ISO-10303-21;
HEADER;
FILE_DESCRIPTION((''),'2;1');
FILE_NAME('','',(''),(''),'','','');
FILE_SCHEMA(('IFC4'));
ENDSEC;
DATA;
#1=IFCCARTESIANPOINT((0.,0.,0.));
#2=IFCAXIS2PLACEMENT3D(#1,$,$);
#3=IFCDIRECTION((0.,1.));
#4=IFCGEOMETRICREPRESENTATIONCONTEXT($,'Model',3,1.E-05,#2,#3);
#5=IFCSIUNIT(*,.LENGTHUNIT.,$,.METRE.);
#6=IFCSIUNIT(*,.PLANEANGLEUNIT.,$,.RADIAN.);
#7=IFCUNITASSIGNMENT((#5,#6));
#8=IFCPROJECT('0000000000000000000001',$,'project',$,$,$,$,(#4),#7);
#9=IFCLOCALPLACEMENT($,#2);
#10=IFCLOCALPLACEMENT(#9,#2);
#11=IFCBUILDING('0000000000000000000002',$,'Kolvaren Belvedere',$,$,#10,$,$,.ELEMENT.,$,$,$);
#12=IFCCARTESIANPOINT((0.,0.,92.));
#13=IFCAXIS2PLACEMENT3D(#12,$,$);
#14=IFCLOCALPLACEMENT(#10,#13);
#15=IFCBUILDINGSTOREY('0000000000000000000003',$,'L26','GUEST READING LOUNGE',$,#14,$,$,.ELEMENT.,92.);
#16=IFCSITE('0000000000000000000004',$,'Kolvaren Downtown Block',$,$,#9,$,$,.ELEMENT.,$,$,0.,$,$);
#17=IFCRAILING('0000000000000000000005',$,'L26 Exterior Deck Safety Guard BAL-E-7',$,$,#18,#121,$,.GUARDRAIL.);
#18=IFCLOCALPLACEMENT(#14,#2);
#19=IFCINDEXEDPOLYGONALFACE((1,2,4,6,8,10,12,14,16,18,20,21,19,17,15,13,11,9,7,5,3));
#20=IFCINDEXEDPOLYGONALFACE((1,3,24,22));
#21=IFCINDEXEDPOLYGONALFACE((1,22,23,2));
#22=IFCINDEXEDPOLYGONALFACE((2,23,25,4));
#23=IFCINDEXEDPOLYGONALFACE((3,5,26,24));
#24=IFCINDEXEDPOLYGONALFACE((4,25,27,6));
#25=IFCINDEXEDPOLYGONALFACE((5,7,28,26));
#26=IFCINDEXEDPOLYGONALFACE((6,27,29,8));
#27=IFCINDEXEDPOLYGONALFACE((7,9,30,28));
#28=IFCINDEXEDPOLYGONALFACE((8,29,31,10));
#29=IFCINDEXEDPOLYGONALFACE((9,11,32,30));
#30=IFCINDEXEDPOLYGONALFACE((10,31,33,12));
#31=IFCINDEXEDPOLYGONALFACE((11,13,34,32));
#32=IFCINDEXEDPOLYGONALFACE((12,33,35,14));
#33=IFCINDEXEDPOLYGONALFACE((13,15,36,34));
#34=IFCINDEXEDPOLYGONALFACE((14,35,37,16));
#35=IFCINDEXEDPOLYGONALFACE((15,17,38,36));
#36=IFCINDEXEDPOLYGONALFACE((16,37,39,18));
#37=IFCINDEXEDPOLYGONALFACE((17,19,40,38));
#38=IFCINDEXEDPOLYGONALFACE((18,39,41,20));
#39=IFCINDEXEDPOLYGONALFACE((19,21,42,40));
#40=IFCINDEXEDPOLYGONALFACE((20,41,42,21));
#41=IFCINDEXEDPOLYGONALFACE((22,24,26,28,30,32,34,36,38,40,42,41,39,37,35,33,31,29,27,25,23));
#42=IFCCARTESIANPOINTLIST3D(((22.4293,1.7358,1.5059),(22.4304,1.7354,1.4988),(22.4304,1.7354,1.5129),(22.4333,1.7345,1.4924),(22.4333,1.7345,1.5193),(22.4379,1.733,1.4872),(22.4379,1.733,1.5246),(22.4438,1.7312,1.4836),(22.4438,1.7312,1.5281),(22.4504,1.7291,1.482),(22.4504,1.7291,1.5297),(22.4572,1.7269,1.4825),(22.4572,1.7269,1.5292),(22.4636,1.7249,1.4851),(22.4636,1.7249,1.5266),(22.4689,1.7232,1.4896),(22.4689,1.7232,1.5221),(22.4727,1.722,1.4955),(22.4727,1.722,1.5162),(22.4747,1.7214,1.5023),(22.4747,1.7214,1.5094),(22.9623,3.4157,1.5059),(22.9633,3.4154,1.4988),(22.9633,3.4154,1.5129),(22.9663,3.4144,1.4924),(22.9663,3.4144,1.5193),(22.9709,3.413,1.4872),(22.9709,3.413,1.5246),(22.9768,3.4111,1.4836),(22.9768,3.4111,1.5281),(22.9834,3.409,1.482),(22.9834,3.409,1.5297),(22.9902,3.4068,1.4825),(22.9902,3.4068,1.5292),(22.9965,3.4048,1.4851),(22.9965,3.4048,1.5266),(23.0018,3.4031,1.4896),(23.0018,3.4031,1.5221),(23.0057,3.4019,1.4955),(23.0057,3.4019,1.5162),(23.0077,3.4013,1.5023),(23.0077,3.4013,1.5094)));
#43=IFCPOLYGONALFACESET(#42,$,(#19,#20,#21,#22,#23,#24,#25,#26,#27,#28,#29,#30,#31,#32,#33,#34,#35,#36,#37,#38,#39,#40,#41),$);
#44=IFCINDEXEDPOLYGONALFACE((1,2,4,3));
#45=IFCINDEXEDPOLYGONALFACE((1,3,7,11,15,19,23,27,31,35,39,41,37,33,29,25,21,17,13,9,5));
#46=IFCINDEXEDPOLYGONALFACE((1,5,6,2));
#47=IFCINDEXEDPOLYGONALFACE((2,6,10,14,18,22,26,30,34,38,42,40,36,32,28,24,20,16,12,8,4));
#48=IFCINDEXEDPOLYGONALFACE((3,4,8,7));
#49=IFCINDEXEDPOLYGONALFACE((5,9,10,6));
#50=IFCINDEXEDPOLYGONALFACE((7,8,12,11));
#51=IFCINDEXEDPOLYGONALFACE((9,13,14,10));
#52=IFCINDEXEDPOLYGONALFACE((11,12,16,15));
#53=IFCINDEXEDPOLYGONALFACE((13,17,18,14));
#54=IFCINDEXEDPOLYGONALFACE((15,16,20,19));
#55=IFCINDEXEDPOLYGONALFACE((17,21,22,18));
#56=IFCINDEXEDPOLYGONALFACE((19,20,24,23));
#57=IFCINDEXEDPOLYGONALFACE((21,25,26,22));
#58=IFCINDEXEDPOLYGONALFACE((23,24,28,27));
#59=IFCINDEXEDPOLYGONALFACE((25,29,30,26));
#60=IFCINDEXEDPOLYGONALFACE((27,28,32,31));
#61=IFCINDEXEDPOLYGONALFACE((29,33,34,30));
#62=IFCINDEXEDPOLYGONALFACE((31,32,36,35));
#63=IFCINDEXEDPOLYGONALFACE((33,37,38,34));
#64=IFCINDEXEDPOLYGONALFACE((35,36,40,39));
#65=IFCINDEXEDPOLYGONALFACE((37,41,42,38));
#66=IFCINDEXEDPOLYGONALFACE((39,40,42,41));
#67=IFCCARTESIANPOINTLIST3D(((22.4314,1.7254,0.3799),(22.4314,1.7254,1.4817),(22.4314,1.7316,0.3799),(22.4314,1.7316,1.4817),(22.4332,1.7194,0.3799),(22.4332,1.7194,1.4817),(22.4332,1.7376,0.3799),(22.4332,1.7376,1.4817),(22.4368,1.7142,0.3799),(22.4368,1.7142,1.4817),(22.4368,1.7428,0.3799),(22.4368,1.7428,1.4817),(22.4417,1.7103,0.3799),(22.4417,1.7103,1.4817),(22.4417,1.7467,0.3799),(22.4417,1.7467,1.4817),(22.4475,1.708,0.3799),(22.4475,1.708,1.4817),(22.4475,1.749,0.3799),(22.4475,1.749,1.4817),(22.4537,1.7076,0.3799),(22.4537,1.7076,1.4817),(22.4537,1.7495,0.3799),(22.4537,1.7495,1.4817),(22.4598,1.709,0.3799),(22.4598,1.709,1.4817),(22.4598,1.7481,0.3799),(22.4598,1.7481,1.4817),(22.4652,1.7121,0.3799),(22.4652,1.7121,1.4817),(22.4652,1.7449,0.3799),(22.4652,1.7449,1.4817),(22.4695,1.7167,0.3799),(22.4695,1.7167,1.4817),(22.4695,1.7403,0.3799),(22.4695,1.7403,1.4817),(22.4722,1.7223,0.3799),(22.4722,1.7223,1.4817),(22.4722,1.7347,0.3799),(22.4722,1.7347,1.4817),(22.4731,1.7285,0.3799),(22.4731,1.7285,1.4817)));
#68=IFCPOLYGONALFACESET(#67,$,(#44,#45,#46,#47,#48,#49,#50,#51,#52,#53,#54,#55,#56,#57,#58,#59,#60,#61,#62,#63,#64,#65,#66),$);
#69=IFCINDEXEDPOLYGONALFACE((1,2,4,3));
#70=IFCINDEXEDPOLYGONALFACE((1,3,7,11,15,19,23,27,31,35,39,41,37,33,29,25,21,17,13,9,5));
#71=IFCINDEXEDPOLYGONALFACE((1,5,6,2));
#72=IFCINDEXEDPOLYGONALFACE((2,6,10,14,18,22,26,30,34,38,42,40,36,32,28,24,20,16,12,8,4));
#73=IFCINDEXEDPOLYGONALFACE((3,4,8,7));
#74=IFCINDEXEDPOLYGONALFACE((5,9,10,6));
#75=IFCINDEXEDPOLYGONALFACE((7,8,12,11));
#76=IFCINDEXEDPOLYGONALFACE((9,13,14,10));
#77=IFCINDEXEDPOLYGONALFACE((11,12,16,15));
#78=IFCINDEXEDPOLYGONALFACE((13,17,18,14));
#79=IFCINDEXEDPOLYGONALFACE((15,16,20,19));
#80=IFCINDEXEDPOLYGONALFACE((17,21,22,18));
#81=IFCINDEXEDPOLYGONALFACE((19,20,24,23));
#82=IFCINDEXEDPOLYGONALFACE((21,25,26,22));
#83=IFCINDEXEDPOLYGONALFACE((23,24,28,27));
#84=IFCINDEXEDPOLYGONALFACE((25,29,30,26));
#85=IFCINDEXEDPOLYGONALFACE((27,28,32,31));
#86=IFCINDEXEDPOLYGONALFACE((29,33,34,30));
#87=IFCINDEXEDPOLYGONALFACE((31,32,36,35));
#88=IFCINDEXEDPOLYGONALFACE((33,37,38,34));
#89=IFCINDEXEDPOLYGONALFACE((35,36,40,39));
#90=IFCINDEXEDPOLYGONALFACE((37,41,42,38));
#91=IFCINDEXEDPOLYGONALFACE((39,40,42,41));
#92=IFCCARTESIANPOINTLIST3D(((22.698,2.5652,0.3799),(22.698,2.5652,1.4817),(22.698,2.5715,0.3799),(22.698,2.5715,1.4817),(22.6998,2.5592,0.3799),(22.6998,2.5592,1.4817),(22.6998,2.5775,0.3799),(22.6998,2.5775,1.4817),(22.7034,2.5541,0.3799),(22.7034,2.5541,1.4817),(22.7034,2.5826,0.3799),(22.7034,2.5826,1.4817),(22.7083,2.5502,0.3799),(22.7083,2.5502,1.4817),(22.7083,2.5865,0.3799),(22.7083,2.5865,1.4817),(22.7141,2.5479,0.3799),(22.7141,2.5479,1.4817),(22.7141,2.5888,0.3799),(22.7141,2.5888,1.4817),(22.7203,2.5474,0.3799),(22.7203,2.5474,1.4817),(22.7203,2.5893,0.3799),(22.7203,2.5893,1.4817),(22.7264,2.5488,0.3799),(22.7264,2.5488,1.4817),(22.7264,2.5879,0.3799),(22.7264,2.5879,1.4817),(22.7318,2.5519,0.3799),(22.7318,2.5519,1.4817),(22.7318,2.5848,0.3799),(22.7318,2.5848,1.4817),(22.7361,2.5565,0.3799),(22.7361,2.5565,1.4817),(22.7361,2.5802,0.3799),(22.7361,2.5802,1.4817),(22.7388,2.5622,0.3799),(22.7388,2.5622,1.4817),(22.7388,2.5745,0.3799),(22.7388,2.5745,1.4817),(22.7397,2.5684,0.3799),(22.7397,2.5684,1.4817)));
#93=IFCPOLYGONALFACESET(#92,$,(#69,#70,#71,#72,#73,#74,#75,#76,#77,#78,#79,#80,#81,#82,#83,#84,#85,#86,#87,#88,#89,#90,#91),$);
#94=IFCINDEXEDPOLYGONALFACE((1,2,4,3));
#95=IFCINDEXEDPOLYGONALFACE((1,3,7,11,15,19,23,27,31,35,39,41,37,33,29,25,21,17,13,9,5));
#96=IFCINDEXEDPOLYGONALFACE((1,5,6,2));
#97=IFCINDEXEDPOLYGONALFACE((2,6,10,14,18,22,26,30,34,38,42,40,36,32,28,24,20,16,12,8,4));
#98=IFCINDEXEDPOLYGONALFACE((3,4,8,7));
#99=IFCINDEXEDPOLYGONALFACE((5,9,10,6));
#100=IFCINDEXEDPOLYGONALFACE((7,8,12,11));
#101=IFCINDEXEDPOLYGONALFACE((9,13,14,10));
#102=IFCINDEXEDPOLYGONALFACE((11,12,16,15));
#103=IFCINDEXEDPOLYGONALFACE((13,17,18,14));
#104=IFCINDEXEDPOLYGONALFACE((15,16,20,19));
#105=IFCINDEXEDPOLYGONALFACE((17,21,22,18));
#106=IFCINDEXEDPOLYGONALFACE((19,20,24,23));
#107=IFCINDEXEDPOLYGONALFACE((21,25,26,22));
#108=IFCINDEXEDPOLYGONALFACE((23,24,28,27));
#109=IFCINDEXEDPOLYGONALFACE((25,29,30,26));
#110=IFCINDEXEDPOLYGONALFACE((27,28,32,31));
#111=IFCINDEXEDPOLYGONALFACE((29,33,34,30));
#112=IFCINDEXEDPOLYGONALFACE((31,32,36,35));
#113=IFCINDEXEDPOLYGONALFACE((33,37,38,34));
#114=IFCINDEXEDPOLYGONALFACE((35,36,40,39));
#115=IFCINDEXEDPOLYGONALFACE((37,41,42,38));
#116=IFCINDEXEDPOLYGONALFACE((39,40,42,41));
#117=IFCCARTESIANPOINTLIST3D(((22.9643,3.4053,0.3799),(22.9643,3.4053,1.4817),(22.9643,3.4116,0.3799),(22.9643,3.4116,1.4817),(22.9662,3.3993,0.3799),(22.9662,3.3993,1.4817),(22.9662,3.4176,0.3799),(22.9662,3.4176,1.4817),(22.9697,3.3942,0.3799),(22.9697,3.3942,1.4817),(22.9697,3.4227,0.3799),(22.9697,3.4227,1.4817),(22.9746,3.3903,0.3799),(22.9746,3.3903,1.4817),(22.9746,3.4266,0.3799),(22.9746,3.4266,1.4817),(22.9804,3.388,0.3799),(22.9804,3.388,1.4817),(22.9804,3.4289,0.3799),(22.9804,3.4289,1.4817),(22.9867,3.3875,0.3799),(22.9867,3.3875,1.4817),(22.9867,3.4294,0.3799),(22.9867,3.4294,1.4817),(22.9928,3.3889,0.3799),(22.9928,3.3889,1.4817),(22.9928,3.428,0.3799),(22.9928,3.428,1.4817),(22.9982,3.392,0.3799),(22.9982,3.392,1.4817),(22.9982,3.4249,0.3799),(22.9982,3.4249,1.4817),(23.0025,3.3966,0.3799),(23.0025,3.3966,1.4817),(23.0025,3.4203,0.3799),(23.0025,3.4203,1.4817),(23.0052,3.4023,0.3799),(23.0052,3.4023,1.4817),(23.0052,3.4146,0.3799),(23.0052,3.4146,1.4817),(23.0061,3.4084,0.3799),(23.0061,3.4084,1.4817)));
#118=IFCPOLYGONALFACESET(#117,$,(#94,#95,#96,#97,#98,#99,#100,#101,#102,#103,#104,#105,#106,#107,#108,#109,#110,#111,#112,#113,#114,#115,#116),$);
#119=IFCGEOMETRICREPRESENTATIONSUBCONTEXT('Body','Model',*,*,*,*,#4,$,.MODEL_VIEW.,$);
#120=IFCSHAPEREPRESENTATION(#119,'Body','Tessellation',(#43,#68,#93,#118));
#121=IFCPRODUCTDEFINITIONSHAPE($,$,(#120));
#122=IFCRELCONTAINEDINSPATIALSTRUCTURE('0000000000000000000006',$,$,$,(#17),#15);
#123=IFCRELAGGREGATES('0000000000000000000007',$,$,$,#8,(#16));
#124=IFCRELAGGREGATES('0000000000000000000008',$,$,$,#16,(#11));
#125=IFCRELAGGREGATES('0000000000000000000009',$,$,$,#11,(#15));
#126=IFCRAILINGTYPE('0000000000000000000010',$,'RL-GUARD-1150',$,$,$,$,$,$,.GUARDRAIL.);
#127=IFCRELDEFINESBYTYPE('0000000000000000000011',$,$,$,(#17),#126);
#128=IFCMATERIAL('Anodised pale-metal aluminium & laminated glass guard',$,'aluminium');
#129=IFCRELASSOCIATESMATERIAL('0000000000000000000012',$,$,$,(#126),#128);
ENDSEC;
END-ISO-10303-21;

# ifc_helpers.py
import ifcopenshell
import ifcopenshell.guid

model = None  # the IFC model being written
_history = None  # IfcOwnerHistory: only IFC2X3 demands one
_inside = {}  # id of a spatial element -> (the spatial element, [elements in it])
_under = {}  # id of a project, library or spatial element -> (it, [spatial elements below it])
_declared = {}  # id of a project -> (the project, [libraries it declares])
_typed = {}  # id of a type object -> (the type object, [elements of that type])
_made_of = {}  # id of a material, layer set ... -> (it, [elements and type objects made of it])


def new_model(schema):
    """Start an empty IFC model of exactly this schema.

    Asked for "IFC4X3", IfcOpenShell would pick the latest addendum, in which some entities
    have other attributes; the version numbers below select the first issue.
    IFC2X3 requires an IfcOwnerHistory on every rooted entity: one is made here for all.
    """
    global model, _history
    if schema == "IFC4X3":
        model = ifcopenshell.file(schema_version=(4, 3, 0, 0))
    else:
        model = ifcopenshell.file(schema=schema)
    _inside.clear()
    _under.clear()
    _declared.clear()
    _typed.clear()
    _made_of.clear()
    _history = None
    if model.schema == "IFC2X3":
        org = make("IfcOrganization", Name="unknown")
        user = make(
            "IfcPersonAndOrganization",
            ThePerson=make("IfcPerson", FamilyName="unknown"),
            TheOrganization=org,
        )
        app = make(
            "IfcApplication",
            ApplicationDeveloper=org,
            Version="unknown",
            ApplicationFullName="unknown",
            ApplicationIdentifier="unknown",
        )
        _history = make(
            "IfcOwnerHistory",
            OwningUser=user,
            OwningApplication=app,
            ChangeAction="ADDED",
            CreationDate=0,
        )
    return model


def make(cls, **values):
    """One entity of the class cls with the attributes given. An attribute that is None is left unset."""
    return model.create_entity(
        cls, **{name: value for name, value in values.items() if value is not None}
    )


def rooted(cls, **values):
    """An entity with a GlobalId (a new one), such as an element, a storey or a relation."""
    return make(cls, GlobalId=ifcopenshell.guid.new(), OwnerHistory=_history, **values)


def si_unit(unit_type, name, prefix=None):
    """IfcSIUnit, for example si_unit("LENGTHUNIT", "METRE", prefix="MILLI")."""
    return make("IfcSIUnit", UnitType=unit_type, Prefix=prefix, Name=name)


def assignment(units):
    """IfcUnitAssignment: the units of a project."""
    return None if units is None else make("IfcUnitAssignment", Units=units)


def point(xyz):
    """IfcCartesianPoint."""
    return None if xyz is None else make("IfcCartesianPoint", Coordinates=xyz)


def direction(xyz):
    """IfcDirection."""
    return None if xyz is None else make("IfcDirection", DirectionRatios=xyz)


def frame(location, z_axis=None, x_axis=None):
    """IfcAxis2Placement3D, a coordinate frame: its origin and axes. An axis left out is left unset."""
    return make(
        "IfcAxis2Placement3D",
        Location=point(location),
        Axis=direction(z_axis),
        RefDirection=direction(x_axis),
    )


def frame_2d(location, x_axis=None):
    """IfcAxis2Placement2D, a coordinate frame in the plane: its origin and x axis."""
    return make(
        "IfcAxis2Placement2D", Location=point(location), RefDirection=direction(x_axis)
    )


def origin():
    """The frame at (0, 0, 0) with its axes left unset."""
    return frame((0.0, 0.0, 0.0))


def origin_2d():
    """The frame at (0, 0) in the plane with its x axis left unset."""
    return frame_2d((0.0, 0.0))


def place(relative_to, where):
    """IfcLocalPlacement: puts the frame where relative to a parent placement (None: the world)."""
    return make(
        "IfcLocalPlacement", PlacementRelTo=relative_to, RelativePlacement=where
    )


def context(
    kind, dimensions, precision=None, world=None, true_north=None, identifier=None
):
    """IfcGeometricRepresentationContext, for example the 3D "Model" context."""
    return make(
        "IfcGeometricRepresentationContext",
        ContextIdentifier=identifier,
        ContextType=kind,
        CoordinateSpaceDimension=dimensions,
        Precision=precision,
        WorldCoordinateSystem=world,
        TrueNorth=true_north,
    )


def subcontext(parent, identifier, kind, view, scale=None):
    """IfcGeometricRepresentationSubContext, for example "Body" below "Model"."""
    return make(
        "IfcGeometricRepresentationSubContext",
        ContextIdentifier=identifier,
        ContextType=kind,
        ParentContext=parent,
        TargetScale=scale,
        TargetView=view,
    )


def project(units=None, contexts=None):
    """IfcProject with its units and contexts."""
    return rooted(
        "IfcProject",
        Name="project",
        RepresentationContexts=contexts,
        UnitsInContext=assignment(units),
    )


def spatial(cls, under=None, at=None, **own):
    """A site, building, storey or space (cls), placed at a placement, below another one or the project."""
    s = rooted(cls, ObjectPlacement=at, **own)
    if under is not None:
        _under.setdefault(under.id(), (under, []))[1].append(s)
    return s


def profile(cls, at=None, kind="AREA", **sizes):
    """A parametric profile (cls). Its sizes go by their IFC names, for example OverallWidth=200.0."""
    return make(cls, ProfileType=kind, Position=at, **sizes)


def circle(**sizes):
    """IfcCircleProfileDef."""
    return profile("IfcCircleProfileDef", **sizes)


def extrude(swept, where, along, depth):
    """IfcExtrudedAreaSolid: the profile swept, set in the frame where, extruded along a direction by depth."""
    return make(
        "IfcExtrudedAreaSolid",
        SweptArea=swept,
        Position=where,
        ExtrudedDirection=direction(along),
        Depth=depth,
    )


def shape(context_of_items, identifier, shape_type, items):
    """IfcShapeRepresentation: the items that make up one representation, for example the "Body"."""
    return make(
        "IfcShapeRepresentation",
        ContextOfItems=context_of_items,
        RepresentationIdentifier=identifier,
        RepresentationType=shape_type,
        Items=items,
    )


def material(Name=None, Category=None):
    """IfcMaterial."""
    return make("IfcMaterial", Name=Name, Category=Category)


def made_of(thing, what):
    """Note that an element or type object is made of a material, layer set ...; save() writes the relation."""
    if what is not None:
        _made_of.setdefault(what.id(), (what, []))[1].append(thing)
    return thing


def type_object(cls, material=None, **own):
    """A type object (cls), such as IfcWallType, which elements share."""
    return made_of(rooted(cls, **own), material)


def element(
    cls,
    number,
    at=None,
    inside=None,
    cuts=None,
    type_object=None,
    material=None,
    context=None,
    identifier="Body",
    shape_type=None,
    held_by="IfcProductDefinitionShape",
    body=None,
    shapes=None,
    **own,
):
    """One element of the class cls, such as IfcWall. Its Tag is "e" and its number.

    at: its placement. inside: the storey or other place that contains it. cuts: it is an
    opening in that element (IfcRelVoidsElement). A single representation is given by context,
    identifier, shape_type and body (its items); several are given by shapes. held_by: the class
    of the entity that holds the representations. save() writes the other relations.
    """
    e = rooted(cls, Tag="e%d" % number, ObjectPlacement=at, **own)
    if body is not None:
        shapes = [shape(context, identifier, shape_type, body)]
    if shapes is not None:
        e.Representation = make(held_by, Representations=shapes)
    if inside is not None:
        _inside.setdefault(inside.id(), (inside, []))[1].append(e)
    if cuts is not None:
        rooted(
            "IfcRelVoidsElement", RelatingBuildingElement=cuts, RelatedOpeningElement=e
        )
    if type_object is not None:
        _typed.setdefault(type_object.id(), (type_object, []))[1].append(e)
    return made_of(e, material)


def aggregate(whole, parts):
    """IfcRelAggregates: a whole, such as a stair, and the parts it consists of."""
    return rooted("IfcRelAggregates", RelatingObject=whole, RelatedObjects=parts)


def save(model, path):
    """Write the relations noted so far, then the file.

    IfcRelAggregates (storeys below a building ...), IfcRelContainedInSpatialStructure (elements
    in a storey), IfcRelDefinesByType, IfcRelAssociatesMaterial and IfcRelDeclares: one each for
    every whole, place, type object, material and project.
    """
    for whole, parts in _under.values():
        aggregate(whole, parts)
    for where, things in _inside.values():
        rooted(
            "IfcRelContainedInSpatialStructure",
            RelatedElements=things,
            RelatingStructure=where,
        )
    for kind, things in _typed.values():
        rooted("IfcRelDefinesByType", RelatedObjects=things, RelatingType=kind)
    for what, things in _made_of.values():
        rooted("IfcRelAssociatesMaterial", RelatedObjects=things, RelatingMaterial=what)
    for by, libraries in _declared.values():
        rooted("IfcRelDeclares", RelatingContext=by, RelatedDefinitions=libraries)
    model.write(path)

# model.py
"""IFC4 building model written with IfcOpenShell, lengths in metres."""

from ifc_helpers import new_model, si_unit, direction, frame, origin, origin_2d, place, context, subcontext, project, spatial, circle, extrude, material, type_object, element, save


model = new_model("IFC4")

# Units and contexts
model_context = context("Model", 3, precision=1e-05, world=origin(), true_north=direction((0.0, 1.0)))
body_context = subcontext(model_context, "Body", "Model", "MODEL_VIEW")
ifc_project = project(units=[si_unit("LENGTHUNIT", "METRE"), si_unit("PLANEANGLEUNIT", "RADIAN")], contexts=[model_context])

# Site, building, storey
site_placement = place(None, origin())
site = spatial("IfcSite", under=ifc_project, at=site_placement, Name="Kolvaren Downtown Block", CompositionType="ELEMENT", RefElevation=0.0)
building_placement = place(site_placement, origin())
building = spatial("IfcBuilding", under=site, at=building_placement, Name="Kolvaren Belvedere", CompositionType="ELEMENT")
storey_placement = place(building_placement, frame((0.0, 0.0, 92.0)))
storey = spatial("IfcBuildingStorey", under=building, at=storey_placement, Name="L26", Description="GUEST READING LOUNGE", CompositionType="ELEMENT", Elevation=92.0)

# Railing
ifc_material_1 = material(Name="Anodised pale-metal aluminium & laminated glass guard", Category="aluminium")
railing_type = type_object("IfcRailingType", Name="RL-GUARD-1150", PredefinedType="GUARDRAIL", material=ifc_material_1)
railing_1_placement = place(storey_placement, frame((22.4521, 1.7285, 0.3799)))
element("IfcRailing", 1, at=railing_1_placement, inside=storey, type_object=railing_type, Name="L26 Exterior Deck Safety Guard BAL-E-7", PredefinedType="GUARDRAIL", context=body_context, shape_type="SweptSolid", body=[
    extrude(circle(Radius=0.0239, at=origin_2d()), frame((0.0, 0.0, 1.126), z_axis=(0.302397, 0.953182, 0.0), x_axis=(-0.953182, 0.302397, 0.0)), (0.0, 0.0, 1.0), 1.7625),
    extrude(circle(Radius=0.021, at=origin_2d()), origin(), (0.0, 0.0, 1.0), 1.1018),
    extrude(circle(Radius=0.021, at=origin_2d()), frame((0.2666, 0.8398, 0.0)), (0.0, 0.0, 1.0), 1.1018),
    extrude(circle(Radius=0.021, at=origin_2d()), frame((0.533, 1.6799, 0.0)), (0.0, 0.0, 1.0), 1.1018),
])

save(model, "model.ifc")
